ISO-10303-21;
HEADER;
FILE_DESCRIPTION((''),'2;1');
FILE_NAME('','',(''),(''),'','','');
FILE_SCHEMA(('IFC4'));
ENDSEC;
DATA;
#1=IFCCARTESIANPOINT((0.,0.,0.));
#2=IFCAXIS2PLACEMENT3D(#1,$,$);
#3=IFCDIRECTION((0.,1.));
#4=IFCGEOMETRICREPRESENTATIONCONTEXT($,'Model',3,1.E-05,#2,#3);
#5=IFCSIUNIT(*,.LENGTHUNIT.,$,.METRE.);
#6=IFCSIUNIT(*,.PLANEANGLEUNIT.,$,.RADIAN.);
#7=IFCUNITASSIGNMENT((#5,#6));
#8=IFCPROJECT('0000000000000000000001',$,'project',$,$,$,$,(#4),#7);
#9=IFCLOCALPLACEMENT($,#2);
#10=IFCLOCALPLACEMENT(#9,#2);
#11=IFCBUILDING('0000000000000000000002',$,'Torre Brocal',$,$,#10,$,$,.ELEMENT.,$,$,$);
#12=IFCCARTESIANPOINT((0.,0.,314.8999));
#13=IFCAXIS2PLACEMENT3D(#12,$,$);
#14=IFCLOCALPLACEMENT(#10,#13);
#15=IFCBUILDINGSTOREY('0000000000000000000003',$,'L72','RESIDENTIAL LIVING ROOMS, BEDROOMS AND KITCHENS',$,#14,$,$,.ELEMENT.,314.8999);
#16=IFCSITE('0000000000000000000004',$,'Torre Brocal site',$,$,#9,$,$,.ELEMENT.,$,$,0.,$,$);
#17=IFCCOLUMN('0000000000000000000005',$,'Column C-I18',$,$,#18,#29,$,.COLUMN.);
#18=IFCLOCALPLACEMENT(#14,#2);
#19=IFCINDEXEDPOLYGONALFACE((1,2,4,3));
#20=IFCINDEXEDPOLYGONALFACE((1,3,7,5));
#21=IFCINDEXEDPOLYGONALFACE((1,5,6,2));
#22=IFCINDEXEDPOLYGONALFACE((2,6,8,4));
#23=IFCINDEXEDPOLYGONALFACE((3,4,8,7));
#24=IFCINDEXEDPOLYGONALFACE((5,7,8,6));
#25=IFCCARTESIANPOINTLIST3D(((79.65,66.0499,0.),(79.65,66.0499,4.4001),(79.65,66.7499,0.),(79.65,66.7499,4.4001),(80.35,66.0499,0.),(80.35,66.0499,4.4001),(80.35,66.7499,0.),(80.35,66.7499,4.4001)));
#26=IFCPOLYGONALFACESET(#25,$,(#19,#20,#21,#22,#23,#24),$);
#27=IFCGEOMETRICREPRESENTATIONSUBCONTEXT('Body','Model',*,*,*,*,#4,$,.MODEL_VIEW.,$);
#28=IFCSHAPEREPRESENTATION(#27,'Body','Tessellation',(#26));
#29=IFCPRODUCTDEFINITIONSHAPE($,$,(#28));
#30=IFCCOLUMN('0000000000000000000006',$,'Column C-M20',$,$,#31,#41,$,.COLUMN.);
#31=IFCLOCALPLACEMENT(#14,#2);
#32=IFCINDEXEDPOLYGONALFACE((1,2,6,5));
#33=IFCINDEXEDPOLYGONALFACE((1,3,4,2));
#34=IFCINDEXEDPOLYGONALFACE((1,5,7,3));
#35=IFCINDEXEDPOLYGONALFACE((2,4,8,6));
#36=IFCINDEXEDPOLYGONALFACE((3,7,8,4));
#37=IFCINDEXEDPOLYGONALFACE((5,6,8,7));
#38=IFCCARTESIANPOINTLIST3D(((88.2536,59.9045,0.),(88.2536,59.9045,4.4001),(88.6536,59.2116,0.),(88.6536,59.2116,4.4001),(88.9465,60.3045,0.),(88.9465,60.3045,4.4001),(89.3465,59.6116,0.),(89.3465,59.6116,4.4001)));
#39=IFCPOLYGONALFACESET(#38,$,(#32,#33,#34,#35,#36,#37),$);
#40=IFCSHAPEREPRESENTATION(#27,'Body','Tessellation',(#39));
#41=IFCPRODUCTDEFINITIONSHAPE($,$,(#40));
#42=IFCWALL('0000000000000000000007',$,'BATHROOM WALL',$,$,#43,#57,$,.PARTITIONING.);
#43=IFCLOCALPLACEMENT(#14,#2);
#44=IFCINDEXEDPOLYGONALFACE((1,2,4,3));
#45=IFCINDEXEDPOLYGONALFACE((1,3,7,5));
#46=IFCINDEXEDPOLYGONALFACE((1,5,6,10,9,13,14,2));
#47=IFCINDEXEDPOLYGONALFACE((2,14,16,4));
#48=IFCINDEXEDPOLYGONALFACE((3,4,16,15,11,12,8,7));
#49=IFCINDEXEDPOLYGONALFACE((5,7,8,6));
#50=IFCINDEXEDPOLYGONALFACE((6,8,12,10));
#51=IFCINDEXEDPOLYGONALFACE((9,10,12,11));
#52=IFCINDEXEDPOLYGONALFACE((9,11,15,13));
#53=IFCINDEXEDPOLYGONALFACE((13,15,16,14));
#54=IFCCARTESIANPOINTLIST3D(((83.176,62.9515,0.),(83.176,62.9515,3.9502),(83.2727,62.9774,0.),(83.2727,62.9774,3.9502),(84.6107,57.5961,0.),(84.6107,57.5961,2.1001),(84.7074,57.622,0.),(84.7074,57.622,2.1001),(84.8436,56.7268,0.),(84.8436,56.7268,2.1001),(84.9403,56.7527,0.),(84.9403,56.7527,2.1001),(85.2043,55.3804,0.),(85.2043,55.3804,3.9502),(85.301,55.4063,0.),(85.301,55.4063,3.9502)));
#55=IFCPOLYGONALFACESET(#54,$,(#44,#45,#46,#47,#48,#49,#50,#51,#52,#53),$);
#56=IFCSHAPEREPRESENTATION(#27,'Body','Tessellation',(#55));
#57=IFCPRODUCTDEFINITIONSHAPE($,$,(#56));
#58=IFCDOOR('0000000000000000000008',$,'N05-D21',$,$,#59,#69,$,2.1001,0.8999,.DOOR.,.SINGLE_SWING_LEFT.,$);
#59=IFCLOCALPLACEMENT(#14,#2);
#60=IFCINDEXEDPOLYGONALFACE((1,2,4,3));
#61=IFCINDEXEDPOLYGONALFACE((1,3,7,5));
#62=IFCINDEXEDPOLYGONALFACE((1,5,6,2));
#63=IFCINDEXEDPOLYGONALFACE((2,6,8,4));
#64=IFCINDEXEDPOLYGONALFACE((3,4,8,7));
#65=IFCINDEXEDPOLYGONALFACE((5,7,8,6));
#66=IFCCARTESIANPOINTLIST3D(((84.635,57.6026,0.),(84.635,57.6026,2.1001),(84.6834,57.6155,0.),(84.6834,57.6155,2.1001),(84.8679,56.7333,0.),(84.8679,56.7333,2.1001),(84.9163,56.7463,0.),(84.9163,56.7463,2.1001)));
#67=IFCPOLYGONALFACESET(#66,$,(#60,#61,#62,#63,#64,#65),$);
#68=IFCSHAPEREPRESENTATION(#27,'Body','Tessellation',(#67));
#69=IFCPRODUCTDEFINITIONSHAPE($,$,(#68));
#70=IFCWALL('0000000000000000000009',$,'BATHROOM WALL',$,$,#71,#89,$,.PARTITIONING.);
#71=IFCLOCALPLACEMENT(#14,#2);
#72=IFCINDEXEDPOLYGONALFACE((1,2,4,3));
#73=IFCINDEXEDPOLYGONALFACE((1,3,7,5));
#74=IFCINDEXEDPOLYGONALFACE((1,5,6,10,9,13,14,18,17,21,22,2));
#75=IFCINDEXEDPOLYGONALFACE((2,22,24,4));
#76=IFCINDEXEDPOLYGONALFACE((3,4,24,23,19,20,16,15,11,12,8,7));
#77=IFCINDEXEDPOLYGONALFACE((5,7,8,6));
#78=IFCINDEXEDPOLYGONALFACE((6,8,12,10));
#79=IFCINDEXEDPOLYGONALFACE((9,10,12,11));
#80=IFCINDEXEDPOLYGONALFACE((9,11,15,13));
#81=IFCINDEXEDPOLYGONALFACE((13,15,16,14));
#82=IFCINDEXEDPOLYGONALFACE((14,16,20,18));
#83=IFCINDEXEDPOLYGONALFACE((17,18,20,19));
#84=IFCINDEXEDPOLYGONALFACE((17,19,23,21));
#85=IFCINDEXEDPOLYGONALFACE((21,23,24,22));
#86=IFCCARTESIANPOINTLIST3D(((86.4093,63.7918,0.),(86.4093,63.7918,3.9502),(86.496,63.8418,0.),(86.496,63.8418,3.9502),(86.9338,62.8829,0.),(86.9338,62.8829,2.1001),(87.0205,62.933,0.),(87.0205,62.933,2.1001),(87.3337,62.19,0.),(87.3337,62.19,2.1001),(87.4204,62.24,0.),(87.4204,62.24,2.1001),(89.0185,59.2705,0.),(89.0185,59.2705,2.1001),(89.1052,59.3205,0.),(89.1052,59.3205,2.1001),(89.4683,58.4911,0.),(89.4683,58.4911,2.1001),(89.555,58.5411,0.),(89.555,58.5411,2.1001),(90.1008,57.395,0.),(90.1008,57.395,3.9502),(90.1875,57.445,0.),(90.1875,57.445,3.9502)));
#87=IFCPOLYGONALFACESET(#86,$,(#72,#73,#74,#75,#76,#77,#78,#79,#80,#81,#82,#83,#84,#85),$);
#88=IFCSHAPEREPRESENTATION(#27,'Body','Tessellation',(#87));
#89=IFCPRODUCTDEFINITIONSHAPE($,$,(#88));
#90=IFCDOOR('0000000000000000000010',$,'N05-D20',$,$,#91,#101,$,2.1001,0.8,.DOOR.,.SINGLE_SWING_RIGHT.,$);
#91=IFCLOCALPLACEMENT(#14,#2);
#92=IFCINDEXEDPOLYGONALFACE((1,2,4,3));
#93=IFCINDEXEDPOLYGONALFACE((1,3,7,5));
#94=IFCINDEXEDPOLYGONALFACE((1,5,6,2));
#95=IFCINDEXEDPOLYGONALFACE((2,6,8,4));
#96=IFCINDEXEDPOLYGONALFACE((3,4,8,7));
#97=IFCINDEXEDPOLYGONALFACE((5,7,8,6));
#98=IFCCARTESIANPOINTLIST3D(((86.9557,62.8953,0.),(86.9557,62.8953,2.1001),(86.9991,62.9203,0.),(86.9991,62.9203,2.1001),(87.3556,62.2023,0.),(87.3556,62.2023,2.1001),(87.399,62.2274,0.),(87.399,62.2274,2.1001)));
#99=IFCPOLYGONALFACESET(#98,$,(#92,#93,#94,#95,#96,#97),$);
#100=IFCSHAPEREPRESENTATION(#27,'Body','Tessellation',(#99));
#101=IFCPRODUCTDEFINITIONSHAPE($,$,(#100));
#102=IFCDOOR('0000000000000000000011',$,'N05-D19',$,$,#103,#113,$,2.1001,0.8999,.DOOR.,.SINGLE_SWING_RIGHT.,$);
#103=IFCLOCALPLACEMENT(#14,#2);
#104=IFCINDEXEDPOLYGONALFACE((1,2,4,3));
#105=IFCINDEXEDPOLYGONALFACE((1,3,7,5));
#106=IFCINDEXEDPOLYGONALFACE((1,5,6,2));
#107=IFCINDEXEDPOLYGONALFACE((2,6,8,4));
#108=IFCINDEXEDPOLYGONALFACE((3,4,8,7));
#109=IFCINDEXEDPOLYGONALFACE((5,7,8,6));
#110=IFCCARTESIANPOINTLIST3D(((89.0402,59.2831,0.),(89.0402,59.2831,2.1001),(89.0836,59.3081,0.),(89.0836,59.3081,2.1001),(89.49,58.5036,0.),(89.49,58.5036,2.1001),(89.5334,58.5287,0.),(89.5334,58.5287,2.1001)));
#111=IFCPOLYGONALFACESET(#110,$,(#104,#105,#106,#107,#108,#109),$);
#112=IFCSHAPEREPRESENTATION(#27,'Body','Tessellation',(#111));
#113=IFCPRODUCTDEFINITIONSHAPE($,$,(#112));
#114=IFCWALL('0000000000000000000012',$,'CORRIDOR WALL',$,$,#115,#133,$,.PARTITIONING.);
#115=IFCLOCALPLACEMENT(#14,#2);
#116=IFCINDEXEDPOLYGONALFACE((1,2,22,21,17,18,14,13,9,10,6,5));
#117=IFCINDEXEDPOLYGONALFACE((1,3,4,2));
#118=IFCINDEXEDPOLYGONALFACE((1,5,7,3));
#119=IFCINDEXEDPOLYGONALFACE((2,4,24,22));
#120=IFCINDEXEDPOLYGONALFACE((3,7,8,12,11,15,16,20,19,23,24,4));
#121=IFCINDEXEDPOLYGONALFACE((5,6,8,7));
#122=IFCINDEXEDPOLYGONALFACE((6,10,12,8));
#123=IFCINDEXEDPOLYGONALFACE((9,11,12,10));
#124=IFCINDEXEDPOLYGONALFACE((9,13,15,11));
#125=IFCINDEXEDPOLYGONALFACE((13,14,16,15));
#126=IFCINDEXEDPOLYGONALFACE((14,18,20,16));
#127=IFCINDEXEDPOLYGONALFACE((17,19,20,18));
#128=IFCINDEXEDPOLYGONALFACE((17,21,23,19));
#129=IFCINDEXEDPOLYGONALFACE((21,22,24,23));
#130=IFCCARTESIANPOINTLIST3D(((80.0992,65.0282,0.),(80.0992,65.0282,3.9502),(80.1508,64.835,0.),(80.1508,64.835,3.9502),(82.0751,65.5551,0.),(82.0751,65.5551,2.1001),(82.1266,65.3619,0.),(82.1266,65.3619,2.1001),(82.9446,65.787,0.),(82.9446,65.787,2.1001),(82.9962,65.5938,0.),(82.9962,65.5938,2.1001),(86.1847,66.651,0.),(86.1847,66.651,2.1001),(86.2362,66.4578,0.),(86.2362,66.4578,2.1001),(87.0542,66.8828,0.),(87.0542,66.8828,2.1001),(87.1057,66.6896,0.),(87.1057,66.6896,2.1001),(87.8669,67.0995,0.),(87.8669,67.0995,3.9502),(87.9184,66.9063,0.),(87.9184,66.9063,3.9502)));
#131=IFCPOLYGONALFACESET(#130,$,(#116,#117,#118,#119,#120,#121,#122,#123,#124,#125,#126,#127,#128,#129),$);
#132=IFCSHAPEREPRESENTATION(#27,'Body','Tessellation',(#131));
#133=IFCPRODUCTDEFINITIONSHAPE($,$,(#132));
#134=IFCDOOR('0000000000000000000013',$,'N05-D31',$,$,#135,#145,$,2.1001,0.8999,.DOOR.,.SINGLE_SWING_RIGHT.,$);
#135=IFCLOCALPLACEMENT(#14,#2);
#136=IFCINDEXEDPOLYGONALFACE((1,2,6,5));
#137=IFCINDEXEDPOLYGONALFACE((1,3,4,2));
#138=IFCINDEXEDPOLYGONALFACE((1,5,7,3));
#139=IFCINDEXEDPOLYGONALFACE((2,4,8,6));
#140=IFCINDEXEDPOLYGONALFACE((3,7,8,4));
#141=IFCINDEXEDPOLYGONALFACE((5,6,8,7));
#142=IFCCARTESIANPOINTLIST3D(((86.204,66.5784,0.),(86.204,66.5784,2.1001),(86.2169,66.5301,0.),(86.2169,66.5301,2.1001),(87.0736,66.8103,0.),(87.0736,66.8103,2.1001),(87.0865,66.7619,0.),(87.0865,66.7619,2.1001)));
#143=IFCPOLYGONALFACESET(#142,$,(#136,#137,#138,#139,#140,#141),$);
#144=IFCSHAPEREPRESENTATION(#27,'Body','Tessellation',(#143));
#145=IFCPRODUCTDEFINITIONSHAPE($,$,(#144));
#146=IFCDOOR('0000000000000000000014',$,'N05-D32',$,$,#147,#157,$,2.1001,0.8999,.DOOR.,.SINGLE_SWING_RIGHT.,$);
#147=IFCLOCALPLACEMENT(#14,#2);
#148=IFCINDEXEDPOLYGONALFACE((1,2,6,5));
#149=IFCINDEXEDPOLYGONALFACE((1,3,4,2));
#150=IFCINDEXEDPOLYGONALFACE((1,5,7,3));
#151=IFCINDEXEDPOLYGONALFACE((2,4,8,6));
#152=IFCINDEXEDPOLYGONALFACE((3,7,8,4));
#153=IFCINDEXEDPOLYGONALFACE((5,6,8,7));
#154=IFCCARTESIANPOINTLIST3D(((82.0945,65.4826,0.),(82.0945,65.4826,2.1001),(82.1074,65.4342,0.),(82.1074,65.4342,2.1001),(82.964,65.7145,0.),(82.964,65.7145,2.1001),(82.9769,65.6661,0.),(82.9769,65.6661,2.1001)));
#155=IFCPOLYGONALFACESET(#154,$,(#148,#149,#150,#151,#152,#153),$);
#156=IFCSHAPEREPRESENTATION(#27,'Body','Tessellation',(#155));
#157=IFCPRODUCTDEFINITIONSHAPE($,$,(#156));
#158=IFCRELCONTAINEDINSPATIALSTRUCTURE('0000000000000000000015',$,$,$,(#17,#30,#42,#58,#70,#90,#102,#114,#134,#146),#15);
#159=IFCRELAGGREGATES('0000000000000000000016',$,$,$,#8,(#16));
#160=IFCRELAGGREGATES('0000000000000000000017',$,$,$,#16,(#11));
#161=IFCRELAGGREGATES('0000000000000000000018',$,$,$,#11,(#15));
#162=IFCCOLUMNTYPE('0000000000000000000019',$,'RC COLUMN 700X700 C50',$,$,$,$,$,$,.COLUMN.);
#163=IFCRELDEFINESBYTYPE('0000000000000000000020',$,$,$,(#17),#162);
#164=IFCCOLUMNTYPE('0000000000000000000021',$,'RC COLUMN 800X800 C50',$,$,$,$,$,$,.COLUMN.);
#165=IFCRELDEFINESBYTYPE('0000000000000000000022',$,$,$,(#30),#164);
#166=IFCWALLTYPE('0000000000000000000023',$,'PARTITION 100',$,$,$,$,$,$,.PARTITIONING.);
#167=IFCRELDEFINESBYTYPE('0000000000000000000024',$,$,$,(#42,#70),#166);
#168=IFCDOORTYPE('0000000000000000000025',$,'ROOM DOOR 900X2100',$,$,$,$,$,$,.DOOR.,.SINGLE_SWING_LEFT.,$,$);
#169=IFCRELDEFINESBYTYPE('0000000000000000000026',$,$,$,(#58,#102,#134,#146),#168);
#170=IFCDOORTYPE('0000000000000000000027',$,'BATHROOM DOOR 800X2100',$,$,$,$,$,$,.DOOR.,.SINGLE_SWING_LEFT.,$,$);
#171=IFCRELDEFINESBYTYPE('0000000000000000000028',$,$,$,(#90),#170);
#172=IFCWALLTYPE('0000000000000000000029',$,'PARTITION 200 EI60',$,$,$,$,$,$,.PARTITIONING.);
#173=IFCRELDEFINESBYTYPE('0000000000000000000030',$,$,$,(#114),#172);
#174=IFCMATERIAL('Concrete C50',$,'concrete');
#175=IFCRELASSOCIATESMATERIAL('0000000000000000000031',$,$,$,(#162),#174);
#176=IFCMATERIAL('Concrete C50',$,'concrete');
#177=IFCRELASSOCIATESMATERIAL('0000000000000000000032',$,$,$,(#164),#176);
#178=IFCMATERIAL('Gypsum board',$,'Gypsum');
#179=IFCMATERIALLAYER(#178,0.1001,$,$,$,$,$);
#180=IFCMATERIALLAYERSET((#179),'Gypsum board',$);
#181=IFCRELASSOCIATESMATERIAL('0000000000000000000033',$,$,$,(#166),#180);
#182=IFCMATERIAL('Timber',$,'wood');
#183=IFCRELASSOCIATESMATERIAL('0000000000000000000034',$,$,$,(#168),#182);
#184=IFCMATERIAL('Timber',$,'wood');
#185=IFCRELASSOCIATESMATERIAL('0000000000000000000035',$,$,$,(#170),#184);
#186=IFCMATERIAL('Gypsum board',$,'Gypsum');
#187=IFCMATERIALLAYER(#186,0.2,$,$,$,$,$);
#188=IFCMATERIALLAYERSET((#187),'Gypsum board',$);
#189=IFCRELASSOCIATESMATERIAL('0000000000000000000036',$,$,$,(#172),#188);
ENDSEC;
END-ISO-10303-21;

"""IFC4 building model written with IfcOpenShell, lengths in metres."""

from ifc_helpers import new_model, si_unit, direction, frame, frame_2d, origin, origin_2d, place, context, subcontext, project, spatial, rectangle, extrude, material, layer, layer_set, material_profile, profile_set, type_object, element, fill, save


model = new_model("IFC4")

# Units and contexts
model_context = context("Model", 3, precision=1e-05, world=origin(), true_north=direction((0.0, 1.0)))
body_context = subcontext(model_context, "Body", "Model", "MODEL_VIEW")
ifc_project = project(units=[si_unit("LENGTHUNIT", "METRE"), si_unit("PLANEANGLEUNIT", "RADIAN")], contexts=[model_context])

# Site, building, storey
site_placement = place(None, origin())
site = spatial("IfcSite", under=ifc_project, at=site_placement, Name="Torre Brocal site", CompositionType="ELEMENT", RefElevation=0.0)
building_placement = place(site_placement, origin())
building = spatial("IfcBuilding", under=site, at=building_placement, Name="Torre Brocal", CompositionType="ELEMENT")
storey_placement = place(building_placement, frame((0.0, 0.0, 314.8999)))
storey = spatial("IfcBuildingStorey", under=building, at=storey_placement, Name="L72", Description="RESIDENTIAL LIVING ROOMS, BEDROOMS AND KITCHENS", CompositionType="ELEMENT", Elevation=314.8999)

# Columns
ifc_material_1 = material(Name="Concrete C50", Category="concrete")
ifc_material_profile_1 = material_profile(ifc_material_1, rectangle(XDim=0.7, YDim=0.7, at=origin_2d()), Name="RC 700X700")
ifc_profile_set_1 = profile_set([ifc_material_profile_1], Name="Concrete C50")
column_type_1 = type_object("IfcColumnType", Name="RC COLUMN 700X700 C50", PredefinedType="COLUMN", material=ifc_profile_set_1)
column_1_placement = place(storey_placement, frame((80.0, 66.3999, 0.0), z_axis=(0.0, 0.0, 1.0), x_axis=(0.0, -1.0, 0.0)))
element("IfcColumn", 1, at=column_1_placement, inside=storey, type_object=column_type_1, Name="Column C-I18", PredefinedType="COLUMN", context=body_context, shape_type="SweptSolid", body=[
    extrude(rectangle(XDim=0.7, YDim=0.7, at=origin_2d()), origin(), (0.0, 0.0, 1.0), 4.4001),
])
ifc_material_2 = material(Name="Concrete C50", Category="concrete")
ifc_material_profile_2 = material_profile(ifc_material_2, rectangle(XDim=0.8, YDim=0.8, at=origin_2d()), Name="RC 800X800")
ifc_profile_set_2 = profile_set([ifc_material_profile_2], Name="Concrete C50")
column_type_2 = type_object("IfcColumnType", Name="RC COLUMN 800X800 C50", PredefinedType="COLUMN", material=ifc_profile_set_2)
column_2_placement = place(storey_placement, frame((88.8, 59.7581, 0.0), z_axis=(0.0, 0.0, 1.0), x_axis=(0.5, -0.866025, 0.0)))
element("IfcColumn", 2, at=column_2_placement, inside=storey, type_object=column_type_2, Name="Column C-M20", PredefinedType="COLUMN", context=body_context, shape_type="SweptSolid", body=[
    extrude(rectangle(XDim=0.8, YDim=0.8, at=origin_2d()), origin(), (0.0, 0.0, 1.0), 4.4001),
])

# Wall, opening, door
ifc_material_3 = material(Name="Gypsum board", Category="Gypsum")
ifc_layer_1 = layer(ifc_material_3, 0.1001)
ifc_layer_set_1 = layer_set([ifc_layer_1], Name="Gypsum board")
wall_type_1 = type_object("IfcWallType", Name="PARTITION 100", PredefinedType="PARTITIONING", material=ifc_layer_set_1)
wall_1_placement = place(storey_placement, frame((83.2244, 62.9644, 0.0), z_axis=(0.0, 0.0, 1.0), x_axis=(0.258779, -0.965937, 0.0)))
wall_1 = element("IfcWall", 3, at=wall_1_placement, inside=storey, type_object=wall_type_1, Name="BATHROOM WALL", PredefinedType="PARTITIONING", context=body_context, shape_type="SweptSolid", body=[
    extrude(rectangle(XDim=7.8381, YDim=0.1001, at=frame_2d((3.9189, 0.0))), origin(), (0.0, 0.0, 1.0), 3.9502),
])
opening_1_placement = place(wall_1_placement, frame((5.5442, 0.0, 0.0)))
opening_1 = element("IfcOpeningElement", 4, at=opening_1_placement, cuts=wall_1, PredefinedType="OPENING", context=body_context, shape_type="SweptSolid", body=[
    extrude(rectangle(XDim=0.8999, YDim=2.1001, at=frame_2d((0.45, 1.05))), frame((0.0, 0.0601, 0.0), z_axis=(0.0, -1.0, 0.0), x_axis=(1.0, 0.0, 0.0)), (0.0, 0.0, 1.0), 0.1201),
])
ifc_material_4 = material(Name="Timber", Category="wood")
door_type_1 = type_object("IfcDoorType", Name="ROOM DOOR 900X2100", OperationType="SINGLE_SWING_LEFT", PredefinedType="DOOR", material=ifc_material_4)
door_1_placement = place(opening_1_placement, frame((0.8999, 0.0, 0.0), z_axis=(0.0, 0.0, 1.0), x_axis=(-1.0, 0.0, 0.0)))
door_1 = element("IfcDoor", 5, at=door_1_placement, inside=storey, type_object=door_type_1, Name="N05-D21", OperationType="SINGLE_SWING_LEFT", OverallHeight=2.1001, OverallWidth=0.8999, PredefinedType="DOOR", context=body_context, shape_type="SweptSolid", body=[
    extrude(rectangle(XDim=0.8999, YDim=2.1001, at=frame_2d((0.45, 1.05))), frame((0.0, 0.0249, 0.0), z_axis=(0.0, -1.0, 0.0), x_axis=(1.0, 0.0, 0.0)), (0.0, 0.0, 1.0), 0.05),
])
fill(opening_1, door_1)

# Walls, openings, doors
wall_2_placement = place(storey_placement, frame((86.4526, 63.8169, 0.0), z_axis=(0.0, 0.0, 1.0), x_axis=(0.499823, -0.866128, 0.0)))
wall_2 = element("IfcWall", 6, at=wall_2_placement, inside=storey, type_object=wall_type_1, Name="BATHROOM WALL", PredefinedType="PARTITIONING", context=body_context, shape_type="SweptSolid", body=[
    extrude(rectangle(XDim=7.3855, YDim=0.1001, at=frame_2d((3.6929, 0.0))), origin(), (0.0, 0.0, 1.0), 3.9502),
])
opening_2_placement = place(wall_2_placement, frame((5.2202, 0.0, 0.0)))
opening_2 = element("IfcOpeningElement", 7, at=opening_2_placement, cuts=wall_2, PredefinedType="OPENING", context=body_context, shape_type="SweptSolid", body=[
    extrude(rectangle(XDim=0.8999, YDim=2.1001, at=frame_2d((0.45, 1.05))), frame((0.0, 0.0601, 0.0), z_axis=(0.0, -1.0, 0.0), x_axis=(1.0, 0.0, 0.0)), (0.0, 0.0, 1.0), 0.1201),
])
opening_3_placement = place(wall_2_placement, frame((1.0496, 0.0, 0.0)))
opening_3 = element("IfcOpeningElement", 8, at=opening_3_placement, cuts=wall_2, PredefinedType="OPENING", context=body_context, shape_type="SweptSolid", body=[
    extrude(rectangle(XDim=0.8, YDim=2.1001, at=frame_2d((0.3999, 1.05))), frame((0.0, 0.0601, 0.0), z_axis=(0.0, -1.0, 0.0), x_axis=(1.0, 0.0, 0.0)), (0.0, 0.0, 1.0), 0.1201),
])
ifc_material_5 = material(Name="Timber", Category="wood")
door_type_2 = type_object("IfcDoorType", Name="BATHROOM DOOR 800X2100", OperationType="SINGLE_SWING_LEFT", PredefinedType="DOOR", material=ifc_material_5)
door_2_placement = place(opening_3_placement, frame((0.8, 0.0, 0.0), z_axis=(0.0, 0.0, 1.0), x_axis=(-1.0, 0.0, 0.0)))
door_2 = element("IfcDoor", 9, at=door_2_placement, inside=storey, type_object=door_type_2, Name="N05-D20", OperationType="SINGLE_SWING_RIGHT", OverallHeight=2.1001, OverallWidth=0.8, PredefinedType="DOOR", context=body_context, shape_type="SweptSolid", body=[
    extrude(rectangle(XDim=0.8, YDim=2.1001, at=frame_2d((0.3999, 1.05))), frame((0.0, 0.0249, 0.0), z_axis=(0.0, -1.0, 0.0), x_axis=(1.0, 0.0, 0.0)), (0.0, 0.0, 1.0), 0.05),
])
fill(opening_3, door_2)
door_3_placement = place(opening_2_placement, frame((0.8999, 0.0, 0.0), z_axis=(0.0, 0.0, 1.0), x_axis=(-1.0, 0.0, 0.0)))
door_3 = element("IfcDoor", 10, at=door_3_placement, inside=storey, type_object=door_type_1, Name="N05-D19", OperationType="SINGLE_SWING_RIGHT", OverallHeight=2.1001, OverallWidth=0.8999, PredefinedType="DOOR", context=body_context, shape_type="SweptSolid", body=[
    extrude(rectangle(XDim=0.8999, YDim=2.1001, at=frame_2d((0.45, 1.05))), frame((0.0, 0.0249, 0.0), z_axis=(0.0, -1.0, 0.0), x_axis=(1.0, 0.0, 0.0)), (0.0, 0.0, 1.0), 0.05),
])
fill(opening_2, door_3)
ifc_material_6 = material(Name="Gypsum board", Category="Gypsum")
ifc_layer_2 = layer(ifc_material_6, 0.2)
ifc_layer_set_2 = layer_set([ifc_layer_2], Name="Gypsum board")
wall_type_2 = type_object("IfcWallType", Name="PARTITION 200 EI60", PredefinedType="PARTITIONING", material=ifc_layer_set_2)
wall_3_placement = place(storey_placement, frame((80.125, 64.9316, 0.0), z_axis=(0.0, 0.0, 1.0), x_axis=(0.966237, 0.257655, 0.0)))
wall_3 = element("IfcWall", 11, at=wall_3_placement, inside=storey, type_object=wall_type_2, Name="CORRIDOR WALL", PredefinedType="PARTITIONING", context=body_context, shape_type="SweptSolid", body=[
    extrude(rectangle(XDim=8.0391, YDim=0.2, at=frame_2d((4.0195, 0.0))), origin(), (0.0, 0.0, 1.0), 3.9502),
])
opening_4_placement = place(wall_3_placement, frame((6.2981, 0.0, 0.0)))
opening_4 = element("IfcOpeningElement", 12, at=opening_4_placement, cuts=wall_3, PredefinedType="OPENING", context=body_context, shape_type="SweptSolid", body=[
    extrude(rectangle(XDim=0.8999, YDim=2.1001, at=frame_2d((0.45, 1.05))), frame((0.0, 0.1099, 0.0), z_axis=(0.0, -1.0, 0.0), x_axis=(1.0, 0.0, 0.0)), (0.0, 0.0, 1.0), 0.22),
])
opening_5_placement = place(wall_3_placement, frame((2.0449, 0.0, 0.0)))
opening_5 = element("IfcOpeningElement", 13, at=opening_5_placement, cuts=wall_3, PredefinedType="OPENING", context=body_context, shape_type="SweptSolid", body=[
    extrude(rectangle(XDim=0.8999, YDim=2.1001, at=frame_2d((0.45, 1.05))), frame((0.0, 0.1099, 0.0), z_axis=(0.0, -1.0, 0.0), x_axis=(1.0, 0.0, 0.0)), (0.0, 0.0, 1.0), 0.22),
])
door_4_placement = place(opening_4_placement, origin())
door_4 = element("IfcDoor", 14, at=door_4_placement, inside=storey, type_object=door_type_1, Name="N05-D31", OperationType="SINGLE_SWING_RIGHT", OverallHeight=2.1001, OverallWidth=0.8999, PredefinedType="DOOR", context=body_context, shape_type="SweptSolid", body=[
    extrude(rectangle(XDim=0.8999, YDim=2.1001, at=frame_2d((0.45, 1.05))), frame((0.0, 0.0249, 0.0), z_axis=(0.0, -1.0, 0.0), x_axis=(1.0, 0.0, 0.0)), (0.0, 0.0, 1.0), 0.05),
])
fill(opening_4, door_4)
door_5_placement = place(opening_5_placement, origin())
door_5 = element("IfcDoor", 15, at=door_5_placement, inside=storey, type_object=door_type_1, Name="N05-D32", OperationType="SINGLE_SWING_RIGHT", OverallHeight=2.1001, OverallWidth=0.8999, PredefinedType="DOOR", context=body_context, shape_type="SweptSolid", body=[
    extrude(rectangle(XDim=0.8999, YDim=2.1001, at=frame_2d((0.45, 1.05))), frame((0.0, 0.0249, 0.0), z_axis=(0.0, -1.0, 0.0), x_axis=(1.0, 0.0, 0.0)), (0.0, 0.0, 1.0), 0.05),
])
fill(opening_5, door_5)

save(model, "model.ifc")
